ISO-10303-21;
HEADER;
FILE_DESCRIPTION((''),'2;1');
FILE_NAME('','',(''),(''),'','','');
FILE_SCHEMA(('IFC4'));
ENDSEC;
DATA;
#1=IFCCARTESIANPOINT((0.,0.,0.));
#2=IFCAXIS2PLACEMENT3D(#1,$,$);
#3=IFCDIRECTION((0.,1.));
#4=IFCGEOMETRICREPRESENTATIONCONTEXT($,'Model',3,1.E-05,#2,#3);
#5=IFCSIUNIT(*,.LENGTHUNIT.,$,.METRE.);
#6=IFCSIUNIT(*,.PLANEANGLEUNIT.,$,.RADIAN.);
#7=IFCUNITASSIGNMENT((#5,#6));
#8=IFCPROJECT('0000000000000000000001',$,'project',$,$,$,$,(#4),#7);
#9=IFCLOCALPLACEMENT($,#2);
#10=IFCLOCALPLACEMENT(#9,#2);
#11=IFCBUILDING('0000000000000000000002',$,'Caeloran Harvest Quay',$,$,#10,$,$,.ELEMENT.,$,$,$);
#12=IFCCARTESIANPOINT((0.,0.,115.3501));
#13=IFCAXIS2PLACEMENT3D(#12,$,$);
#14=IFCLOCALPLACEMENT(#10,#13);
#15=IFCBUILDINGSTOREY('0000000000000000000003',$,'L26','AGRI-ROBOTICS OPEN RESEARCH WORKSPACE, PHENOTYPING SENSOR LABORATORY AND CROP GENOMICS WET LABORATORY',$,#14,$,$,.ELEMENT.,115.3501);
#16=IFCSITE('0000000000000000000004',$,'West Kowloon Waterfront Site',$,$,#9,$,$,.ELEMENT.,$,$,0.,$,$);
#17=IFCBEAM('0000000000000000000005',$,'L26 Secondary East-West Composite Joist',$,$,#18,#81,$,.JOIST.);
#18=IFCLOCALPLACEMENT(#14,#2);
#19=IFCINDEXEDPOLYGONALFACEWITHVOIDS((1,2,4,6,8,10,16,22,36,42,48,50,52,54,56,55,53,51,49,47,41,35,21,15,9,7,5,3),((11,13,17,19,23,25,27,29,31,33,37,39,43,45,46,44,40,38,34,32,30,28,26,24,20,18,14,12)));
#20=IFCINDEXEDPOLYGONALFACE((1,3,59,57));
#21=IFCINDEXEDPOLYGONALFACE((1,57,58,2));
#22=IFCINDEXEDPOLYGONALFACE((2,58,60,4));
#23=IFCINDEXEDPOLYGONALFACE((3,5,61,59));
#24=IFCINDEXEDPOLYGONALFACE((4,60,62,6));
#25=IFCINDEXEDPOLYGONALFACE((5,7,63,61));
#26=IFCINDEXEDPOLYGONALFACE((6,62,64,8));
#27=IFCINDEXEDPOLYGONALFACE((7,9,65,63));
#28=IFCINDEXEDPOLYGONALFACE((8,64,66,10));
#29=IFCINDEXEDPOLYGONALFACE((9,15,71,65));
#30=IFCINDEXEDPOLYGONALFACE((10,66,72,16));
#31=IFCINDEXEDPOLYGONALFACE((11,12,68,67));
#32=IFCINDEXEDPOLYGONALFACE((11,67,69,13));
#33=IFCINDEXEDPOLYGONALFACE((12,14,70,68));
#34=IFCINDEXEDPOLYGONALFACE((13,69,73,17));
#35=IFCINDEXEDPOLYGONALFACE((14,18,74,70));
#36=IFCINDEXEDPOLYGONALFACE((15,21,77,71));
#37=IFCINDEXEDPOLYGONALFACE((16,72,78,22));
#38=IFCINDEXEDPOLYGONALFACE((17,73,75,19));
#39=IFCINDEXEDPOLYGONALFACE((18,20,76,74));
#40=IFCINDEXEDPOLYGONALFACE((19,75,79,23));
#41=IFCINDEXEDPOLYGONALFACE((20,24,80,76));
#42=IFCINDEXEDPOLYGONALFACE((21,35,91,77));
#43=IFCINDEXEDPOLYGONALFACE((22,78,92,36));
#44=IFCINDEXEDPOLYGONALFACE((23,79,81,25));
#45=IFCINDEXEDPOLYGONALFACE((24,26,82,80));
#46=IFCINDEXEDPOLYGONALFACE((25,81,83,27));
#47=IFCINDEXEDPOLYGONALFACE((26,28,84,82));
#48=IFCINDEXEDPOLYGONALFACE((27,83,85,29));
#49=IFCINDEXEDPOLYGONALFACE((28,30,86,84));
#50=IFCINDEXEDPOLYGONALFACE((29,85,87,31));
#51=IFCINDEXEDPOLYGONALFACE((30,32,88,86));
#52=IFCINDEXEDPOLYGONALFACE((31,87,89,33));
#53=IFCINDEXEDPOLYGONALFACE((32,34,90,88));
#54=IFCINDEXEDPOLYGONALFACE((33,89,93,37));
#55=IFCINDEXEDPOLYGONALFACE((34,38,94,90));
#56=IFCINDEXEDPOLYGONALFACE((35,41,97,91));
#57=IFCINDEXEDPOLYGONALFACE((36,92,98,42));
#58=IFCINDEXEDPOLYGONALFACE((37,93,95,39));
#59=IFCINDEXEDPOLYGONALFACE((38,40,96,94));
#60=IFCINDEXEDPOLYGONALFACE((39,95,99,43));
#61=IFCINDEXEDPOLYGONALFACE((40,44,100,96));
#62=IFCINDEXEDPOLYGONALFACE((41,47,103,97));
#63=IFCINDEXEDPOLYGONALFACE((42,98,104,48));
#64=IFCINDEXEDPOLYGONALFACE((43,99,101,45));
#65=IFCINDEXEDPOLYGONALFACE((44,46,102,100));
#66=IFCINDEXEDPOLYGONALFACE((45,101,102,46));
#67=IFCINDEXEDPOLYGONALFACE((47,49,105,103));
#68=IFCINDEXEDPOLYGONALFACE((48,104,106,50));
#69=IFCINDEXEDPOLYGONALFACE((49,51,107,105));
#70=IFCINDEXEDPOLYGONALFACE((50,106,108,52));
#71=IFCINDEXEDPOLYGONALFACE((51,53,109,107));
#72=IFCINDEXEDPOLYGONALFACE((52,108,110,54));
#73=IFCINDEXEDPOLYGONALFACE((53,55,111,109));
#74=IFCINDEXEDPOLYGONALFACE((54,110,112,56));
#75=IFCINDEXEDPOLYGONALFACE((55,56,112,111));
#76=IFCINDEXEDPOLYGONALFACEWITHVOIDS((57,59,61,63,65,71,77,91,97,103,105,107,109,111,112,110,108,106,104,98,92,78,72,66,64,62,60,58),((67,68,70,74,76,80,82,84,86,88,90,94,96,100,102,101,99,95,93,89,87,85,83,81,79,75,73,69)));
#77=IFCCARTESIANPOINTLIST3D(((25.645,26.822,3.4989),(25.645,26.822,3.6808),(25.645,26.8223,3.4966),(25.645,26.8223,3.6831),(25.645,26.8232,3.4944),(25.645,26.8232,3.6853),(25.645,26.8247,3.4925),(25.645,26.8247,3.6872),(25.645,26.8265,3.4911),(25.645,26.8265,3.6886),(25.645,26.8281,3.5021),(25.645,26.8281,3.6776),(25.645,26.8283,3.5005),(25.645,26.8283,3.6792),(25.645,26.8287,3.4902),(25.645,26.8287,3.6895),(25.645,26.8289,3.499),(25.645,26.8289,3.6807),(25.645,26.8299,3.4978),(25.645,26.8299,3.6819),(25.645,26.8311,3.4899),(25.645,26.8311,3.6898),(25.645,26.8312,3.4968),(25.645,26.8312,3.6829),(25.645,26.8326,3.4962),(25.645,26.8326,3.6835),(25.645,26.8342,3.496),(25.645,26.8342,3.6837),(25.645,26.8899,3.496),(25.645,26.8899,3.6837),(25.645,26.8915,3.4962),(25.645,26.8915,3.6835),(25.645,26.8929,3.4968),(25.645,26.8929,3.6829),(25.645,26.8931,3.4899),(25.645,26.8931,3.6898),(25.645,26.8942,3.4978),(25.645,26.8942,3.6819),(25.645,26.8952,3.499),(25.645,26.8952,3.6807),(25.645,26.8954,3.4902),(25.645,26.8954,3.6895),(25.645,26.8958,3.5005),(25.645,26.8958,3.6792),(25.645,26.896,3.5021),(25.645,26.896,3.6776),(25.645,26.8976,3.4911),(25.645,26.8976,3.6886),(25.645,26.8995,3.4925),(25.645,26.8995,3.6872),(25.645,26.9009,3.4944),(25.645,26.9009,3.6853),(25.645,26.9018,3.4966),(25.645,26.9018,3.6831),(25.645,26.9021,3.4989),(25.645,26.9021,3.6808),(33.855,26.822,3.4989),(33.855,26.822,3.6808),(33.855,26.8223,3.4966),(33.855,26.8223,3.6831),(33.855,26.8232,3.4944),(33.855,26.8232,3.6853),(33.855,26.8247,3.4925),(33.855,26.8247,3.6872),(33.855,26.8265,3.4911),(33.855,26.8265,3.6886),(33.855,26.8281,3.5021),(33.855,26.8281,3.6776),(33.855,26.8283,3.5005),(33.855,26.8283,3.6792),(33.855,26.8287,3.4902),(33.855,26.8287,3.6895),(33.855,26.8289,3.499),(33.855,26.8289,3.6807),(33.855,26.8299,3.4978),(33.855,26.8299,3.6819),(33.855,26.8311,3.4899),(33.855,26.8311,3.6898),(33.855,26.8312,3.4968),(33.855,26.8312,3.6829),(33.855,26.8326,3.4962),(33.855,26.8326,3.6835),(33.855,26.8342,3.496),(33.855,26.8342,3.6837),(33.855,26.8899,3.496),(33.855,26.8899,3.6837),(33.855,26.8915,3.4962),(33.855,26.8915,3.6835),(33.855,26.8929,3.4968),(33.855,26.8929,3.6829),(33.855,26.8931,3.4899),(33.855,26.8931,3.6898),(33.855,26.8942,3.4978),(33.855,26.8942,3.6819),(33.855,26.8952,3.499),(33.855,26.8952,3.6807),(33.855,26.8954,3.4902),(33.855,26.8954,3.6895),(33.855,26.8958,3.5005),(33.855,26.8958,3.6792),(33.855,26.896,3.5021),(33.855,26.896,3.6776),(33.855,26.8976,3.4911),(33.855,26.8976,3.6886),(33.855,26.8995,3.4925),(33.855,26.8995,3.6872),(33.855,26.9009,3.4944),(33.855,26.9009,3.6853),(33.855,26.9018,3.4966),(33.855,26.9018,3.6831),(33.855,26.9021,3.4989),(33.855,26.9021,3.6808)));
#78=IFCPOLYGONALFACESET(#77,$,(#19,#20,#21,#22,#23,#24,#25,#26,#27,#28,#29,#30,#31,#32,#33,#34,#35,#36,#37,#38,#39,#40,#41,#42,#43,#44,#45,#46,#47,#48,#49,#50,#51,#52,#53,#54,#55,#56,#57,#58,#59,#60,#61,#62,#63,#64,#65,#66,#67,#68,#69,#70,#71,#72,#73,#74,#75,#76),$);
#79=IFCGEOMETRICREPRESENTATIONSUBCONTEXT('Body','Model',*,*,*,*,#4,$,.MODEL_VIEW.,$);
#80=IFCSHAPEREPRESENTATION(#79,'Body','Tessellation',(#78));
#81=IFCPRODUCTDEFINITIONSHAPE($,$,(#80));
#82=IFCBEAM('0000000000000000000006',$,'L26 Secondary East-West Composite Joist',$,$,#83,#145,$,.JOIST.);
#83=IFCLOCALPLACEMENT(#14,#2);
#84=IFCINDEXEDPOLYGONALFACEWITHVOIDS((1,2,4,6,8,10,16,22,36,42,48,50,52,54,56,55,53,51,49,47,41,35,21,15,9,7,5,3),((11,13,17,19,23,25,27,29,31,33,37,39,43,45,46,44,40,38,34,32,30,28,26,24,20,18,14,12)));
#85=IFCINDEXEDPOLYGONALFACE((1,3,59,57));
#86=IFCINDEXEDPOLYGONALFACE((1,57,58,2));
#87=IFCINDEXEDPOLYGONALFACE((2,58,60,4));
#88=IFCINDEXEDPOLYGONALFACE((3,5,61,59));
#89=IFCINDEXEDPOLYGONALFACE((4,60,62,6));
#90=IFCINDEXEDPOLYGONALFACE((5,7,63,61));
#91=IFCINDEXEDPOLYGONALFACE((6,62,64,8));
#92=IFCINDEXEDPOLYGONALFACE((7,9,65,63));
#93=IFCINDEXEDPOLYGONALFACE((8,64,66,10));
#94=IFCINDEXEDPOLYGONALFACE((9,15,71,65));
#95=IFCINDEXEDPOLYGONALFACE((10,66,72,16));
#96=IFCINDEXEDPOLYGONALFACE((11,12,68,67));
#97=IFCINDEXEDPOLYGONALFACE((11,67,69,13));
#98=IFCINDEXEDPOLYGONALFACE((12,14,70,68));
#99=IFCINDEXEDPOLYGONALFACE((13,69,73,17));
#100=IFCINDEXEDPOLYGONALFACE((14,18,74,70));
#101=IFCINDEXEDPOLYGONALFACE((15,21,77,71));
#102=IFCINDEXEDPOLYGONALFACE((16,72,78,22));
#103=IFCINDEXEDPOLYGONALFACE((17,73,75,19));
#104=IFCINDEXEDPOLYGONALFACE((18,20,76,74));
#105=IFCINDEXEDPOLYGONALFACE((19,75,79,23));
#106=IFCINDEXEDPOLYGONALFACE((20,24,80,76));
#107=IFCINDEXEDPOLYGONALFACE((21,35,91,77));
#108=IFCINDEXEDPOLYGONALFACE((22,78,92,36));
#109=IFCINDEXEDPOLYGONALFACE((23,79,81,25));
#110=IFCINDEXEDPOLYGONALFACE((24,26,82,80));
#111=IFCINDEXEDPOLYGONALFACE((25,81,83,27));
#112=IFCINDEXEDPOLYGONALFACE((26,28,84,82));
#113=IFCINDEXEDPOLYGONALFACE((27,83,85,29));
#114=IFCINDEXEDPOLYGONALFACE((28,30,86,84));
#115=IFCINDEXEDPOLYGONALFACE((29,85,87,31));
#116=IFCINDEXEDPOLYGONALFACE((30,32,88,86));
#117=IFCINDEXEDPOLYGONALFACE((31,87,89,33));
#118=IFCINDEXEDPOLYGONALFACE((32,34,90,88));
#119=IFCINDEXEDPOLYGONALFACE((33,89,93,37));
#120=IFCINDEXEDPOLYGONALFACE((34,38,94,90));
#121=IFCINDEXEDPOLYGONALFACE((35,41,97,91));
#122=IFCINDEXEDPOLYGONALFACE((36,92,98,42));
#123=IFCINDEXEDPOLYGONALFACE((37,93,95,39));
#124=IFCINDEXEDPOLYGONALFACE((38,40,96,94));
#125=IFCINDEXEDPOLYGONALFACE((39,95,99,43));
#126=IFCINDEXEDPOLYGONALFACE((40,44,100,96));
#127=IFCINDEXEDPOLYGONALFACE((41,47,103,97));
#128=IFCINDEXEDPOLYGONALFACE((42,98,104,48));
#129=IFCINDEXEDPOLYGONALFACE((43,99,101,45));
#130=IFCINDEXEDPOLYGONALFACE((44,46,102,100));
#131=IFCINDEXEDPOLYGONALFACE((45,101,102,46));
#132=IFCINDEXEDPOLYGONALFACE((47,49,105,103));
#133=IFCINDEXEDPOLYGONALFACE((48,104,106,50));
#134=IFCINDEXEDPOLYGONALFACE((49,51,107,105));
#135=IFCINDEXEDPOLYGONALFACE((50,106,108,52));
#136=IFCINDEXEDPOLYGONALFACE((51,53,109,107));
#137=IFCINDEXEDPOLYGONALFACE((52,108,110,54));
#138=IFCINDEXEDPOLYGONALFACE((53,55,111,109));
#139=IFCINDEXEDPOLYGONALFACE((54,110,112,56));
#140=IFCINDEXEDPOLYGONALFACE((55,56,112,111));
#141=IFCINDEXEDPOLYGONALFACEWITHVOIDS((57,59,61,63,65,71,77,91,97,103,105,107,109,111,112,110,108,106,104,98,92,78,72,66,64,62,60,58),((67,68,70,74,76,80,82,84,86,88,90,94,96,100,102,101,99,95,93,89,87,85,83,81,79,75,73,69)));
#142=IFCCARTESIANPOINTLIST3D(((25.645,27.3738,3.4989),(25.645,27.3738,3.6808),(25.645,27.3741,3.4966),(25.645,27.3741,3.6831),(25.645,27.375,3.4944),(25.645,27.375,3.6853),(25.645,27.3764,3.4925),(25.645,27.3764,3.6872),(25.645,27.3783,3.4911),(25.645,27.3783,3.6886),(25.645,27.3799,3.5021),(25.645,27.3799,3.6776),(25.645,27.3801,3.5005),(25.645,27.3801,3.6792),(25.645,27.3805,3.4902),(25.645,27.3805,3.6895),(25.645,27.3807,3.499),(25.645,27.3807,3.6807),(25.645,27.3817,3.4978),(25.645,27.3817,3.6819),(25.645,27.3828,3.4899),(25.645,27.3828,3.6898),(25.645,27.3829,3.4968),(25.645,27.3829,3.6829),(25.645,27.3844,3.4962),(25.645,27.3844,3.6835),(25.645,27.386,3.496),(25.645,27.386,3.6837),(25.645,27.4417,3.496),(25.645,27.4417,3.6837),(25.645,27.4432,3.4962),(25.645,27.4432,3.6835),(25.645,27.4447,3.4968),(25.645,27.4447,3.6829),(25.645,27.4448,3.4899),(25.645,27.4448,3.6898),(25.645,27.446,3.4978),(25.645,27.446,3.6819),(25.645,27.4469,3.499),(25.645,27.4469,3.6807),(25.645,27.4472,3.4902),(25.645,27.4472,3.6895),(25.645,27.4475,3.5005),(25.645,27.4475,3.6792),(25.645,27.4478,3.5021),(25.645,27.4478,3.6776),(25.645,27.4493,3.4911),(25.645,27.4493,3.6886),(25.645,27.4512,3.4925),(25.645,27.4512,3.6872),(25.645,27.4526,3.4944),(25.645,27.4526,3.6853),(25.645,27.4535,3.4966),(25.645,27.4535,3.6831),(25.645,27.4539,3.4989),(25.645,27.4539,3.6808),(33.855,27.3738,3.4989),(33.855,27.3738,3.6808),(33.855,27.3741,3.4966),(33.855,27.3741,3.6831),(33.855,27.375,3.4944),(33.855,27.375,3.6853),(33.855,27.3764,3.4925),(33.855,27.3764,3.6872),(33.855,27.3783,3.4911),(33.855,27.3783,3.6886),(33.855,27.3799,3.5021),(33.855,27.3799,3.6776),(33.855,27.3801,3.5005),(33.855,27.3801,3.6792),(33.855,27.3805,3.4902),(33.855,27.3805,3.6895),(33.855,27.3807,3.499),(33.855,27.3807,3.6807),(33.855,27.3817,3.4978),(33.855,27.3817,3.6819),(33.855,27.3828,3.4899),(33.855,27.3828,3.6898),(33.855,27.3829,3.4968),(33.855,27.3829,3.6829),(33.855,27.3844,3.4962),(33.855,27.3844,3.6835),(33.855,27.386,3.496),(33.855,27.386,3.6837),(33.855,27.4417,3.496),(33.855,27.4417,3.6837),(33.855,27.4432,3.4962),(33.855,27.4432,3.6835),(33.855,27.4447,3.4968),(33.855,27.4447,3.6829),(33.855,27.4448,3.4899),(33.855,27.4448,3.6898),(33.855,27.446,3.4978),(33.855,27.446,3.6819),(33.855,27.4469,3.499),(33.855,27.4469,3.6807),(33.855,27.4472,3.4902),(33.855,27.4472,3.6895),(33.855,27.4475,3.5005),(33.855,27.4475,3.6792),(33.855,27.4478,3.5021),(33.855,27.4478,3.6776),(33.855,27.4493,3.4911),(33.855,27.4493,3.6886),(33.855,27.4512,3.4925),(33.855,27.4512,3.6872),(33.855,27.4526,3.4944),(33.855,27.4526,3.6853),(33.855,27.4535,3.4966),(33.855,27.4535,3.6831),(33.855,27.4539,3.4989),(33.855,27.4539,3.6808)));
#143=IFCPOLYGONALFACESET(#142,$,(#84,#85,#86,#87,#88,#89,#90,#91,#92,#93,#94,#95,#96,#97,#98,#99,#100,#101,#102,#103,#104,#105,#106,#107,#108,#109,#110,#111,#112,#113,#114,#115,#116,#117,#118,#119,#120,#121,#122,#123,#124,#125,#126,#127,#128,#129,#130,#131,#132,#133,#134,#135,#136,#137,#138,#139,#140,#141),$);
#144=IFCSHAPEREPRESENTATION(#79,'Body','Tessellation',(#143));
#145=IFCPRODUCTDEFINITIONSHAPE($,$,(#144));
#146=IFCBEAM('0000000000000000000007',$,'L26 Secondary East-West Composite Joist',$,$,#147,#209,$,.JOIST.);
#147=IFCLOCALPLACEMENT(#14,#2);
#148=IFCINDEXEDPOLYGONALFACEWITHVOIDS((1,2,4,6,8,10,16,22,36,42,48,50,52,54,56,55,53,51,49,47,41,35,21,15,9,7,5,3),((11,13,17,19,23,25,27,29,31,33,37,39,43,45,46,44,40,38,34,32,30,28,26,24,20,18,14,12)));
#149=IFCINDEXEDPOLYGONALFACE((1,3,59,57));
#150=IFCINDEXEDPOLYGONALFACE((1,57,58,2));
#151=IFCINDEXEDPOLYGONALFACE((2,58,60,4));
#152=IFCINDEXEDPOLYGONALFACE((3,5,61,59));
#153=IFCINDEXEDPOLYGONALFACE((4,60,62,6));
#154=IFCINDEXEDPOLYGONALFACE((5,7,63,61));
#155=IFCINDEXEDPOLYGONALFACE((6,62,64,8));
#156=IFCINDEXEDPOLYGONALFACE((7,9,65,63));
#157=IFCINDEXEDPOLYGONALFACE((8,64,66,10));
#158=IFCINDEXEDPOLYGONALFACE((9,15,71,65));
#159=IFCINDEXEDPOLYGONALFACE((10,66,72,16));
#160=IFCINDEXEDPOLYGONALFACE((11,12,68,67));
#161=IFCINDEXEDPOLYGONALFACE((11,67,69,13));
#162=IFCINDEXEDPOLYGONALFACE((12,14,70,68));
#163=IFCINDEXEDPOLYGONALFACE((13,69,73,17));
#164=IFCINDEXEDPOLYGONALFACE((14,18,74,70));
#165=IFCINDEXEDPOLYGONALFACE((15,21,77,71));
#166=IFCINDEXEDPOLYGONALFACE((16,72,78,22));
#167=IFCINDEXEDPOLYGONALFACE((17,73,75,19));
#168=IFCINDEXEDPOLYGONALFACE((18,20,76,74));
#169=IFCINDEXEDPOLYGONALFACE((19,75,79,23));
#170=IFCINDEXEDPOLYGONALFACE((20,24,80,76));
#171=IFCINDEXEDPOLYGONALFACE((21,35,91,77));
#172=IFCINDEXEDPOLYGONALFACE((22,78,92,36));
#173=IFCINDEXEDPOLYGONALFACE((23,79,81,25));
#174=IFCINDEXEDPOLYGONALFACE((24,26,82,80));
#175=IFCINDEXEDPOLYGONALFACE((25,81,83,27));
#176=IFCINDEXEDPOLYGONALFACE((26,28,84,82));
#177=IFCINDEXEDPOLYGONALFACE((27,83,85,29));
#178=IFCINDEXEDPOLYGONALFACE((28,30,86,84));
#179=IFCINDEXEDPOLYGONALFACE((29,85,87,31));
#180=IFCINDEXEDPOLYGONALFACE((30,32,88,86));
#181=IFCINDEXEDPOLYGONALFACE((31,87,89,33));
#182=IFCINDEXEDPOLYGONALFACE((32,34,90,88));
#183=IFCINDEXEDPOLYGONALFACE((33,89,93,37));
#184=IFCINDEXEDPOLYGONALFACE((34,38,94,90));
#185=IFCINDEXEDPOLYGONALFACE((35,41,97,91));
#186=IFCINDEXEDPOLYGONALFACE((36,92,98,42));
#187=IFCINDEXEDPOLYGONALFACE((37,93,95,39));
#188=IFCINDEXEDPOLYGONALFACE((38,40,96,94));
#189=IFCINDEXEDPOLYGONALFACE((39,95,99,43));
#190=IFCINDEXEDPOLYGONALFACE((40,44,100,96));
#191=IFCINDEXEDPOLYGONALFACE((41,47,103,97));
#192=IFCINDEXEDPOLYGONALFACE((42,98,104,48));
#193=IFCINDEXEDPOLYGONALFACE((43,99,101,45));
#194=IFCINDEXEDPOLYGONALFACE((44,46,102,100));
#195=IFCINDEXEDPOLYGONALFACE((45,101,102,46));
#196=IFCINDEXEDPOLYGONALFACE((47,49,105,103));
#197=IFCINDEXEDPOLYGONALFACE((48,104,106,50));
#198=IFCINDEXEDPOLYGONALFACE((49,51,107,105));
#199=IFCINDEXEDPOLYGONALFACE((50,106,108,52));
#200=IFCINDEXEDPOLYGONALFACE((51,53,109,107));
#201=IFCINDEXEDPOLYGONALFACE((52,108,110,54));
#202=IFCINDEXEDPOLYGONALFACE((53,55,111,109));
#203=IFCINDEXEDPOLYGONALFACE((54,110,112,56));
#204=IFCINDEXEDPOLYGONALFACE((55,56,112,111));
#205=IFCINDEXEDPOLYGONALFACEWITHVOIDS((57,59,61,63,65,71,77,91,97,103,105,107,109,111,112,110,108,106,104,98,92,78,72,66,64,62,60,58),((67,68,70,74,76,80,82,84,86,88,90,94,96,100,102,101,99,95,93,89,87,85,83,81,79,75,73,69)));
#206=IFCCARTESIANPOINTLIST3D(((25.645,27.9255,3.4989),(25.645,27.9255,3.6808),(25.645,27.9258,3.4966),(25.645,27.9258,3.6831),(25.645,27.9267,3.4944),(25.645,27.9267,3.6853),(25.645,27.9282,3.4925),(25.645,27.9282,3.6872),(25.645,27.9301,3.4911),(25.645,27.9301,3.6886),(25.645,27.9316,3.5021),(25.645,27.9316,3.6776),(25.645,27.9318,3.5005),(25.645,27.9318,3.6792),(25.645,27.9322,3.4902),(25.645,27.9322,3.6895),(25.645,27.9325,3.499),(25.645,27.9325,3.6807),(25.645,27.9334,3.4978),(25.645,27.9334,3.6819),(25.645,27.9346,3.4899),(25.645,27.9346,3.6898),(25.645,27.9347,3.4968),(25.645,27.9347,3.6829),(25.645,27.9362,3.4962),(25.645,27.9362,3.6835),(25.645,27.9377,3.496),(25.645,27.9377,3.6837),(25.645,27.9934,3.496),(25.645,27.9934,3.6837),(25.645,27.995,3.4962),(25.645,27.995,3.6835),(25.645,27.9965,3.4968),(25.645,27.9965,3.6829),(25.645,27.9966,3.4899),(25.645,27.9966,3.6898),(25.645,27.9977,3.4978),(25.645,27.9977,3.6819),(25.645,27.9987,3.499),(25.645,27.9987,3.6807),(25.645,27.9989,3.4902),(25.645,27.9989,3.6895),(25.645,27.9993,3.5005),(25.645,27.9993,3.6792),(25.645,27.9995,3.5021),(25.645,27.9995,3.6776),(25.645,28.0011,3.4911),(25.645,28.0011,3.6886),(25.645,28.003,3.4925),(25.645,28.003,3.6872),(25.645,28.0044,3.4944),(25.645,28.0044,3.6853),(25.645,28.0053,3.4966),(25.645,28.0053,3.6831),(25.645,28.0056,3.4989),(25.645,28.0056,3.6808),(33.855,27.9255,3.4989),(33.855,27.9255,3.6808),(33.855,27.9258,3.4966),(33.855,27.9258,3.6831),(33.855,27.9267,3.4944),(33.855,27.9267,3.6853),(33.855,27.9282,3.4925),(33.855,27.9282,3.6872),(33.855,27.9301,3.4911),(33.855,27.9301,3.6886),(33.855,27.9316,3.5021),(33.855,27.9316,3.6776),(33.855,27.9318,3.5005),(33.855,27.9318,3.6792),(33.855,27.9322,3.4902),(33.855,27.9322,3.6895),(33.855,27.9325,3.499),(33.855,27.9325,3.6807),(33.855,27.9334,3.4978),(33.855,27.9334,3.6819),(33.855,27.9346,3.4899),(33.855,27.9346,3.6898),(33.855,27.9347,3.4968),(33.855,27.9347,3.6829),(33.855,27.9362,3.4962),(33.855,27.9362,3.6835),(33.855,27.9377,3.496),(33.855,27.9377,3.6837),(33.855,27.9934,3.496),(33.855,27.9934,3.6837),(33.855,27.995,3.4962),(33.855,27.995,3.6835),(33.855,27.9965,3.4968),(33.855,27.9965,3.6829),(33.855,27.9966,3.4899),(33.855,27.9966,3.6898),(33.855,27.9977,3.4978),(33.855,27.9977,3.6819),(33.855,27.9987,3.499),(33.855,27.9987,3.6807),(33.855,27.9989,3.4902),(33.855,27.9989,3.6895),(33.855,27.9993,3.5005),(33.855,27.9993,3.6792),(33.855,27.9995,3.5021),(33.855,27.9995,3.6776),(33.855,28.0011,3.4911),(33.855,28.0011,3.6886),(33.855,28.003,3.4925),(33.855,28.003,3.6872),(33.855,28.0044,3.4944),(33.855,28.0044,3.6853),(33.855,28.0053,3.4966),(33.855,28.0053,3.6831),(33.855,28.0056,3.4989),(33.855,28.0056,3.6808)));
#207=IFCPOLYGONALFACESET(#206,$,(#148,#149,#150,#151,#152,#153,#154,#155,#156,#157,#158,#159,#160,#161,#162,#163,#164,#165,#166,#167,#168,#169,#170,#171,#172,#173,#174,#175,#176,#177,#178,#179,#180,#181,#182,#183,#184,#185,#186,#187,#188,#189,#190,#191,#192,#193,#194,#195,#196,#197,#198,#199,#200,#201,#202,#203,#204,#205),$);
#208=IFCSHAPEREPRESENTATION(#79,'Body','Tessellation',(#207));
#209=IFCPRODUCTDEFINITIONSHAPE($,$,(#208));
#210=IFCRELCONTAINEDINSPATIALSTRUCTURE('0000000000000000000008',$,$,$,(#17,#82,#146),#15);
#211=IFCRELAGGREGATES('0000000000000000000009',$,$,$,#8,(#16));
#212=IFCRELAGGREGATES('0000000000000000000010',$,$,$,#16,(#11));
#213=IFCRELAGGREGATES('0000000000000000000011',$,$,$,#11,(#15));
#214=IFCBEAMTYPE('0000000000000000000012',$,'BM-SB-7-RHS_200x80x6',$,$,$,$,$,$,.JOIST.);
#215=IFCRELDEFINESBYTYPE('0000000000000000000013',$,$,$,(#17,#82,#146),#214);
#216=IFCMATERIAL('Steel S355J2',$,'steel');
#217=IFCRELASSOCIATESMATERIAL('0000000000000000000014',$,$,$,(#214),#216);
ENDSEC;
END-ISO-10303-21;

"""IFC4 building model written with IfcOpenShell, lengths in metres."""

from ifc_helpers import new_model, si_unit, direction, frame, origin, origin_2d, place, context, subcontext, project, spatial, hollow_rectangle, extrude, material, material_profile, profile_set, type_object, element, save


model = new_model("IFC4")

# Units and contexts
model_context = context("Model", 3, precision=1e-05, world=origin(), true_north=direction((0.0, 1.0)))
body_context = subcontext(model_context, "Body", "Model", "MODEL_VIEW")
ifc_project = project(units=[si_unit("LENGTHUNIT", "METRE"), si_unit("PLANEANGLEUNIT", "RADIAN")], contexts=[model_context])

# Site, building, storey
site_placement = place(None, origin())
site = spatial("IfcSite", under=ifc_project, at=site_placement, Name="West Kowloon Waterfront Site", CompositionType="ELEMENT", RefElevation=0.0)
building_placement = place(site_placement, origin())
building = spatial("IfcBuilding", under=site, at=building_placement, Name="Caeloran Harvest Quay", CompositionType="ELEMENT")
storey_placement = place(building_placement, frame((0.0, 0.0, 115.3501)))
storey = spatial("IfcBuildingStorey", under=building, at=storey_placement, Name="L26", Description="AGRI-ROBOTICS OPEN RESEARCH WORKSPACE, PHENOTYPING SENSOR LABORATORY AND CROP GENOMICS WET LABORATORY", CompositionType="ELEMENT", Elevation=115.3501)

# Beams
ifc_material_1 = material(Name="Steel S355J2", Category="steel")
ifc_material_profile_1 = material_profile(ifc_material_1, hollow_rectangle(XDim=0.0801, YDim=0.2, WallThickness=0.0061, InnerFilletRadius=0.0061, OuterFilletRadius=0.009, at=origin_2d()), Name="RHS 200x80x6")
ifc_profile_set_1 = profile_set([ifc_material_profile_1], Name="Steel S355J2")
beam_type_1 = type_object("IfcBeamType", Name="BM-SB-7-RHS_200x80x6", PredefinedType="JOIST", material=ifc_profile_set_1)
for number, where, z_axis, x_axis, name in (
    (1, (25.645, 26.8621, 3.5898), (1.0, 0.0, 0.0), (0.0, 1.0, 0.0), "L26 Secondary East-West Composite Joist"),
    (2, (25.645, 27.4138, 3.5898), (1.0, 0.0, 0.0), (0.0, 1.0, 0.0), "L26 Secondary East-West Composite Joist"),
    (3, (25.645, 27.9656, 3.5898), (1.0, 0.0, 0.0), (0.0, 1.0, 0.0), "L26 Secondary East-West Composite Joist"),
):
    element("IfcBeam", number, at=place(storey_placement, frame(where, z_axis=z_axis, x_axis=x_axis)), inside=storey, type_object=beam_type_1, Name=name, PredefinedType="JOIST", context=body_context, shape_type="SweptSolid", body=[
        extrude(hollow_rectangle(XDim=0.0801, YDim=0.2, WallThickness=0.0061, InnerFilletRadius=0.0061, OuterFilletRadius=0.009, at=origin_2d()), origin(), (0.0, 0.0, 1.0), 8.21),
    ])

save(model, "model.ifc")
